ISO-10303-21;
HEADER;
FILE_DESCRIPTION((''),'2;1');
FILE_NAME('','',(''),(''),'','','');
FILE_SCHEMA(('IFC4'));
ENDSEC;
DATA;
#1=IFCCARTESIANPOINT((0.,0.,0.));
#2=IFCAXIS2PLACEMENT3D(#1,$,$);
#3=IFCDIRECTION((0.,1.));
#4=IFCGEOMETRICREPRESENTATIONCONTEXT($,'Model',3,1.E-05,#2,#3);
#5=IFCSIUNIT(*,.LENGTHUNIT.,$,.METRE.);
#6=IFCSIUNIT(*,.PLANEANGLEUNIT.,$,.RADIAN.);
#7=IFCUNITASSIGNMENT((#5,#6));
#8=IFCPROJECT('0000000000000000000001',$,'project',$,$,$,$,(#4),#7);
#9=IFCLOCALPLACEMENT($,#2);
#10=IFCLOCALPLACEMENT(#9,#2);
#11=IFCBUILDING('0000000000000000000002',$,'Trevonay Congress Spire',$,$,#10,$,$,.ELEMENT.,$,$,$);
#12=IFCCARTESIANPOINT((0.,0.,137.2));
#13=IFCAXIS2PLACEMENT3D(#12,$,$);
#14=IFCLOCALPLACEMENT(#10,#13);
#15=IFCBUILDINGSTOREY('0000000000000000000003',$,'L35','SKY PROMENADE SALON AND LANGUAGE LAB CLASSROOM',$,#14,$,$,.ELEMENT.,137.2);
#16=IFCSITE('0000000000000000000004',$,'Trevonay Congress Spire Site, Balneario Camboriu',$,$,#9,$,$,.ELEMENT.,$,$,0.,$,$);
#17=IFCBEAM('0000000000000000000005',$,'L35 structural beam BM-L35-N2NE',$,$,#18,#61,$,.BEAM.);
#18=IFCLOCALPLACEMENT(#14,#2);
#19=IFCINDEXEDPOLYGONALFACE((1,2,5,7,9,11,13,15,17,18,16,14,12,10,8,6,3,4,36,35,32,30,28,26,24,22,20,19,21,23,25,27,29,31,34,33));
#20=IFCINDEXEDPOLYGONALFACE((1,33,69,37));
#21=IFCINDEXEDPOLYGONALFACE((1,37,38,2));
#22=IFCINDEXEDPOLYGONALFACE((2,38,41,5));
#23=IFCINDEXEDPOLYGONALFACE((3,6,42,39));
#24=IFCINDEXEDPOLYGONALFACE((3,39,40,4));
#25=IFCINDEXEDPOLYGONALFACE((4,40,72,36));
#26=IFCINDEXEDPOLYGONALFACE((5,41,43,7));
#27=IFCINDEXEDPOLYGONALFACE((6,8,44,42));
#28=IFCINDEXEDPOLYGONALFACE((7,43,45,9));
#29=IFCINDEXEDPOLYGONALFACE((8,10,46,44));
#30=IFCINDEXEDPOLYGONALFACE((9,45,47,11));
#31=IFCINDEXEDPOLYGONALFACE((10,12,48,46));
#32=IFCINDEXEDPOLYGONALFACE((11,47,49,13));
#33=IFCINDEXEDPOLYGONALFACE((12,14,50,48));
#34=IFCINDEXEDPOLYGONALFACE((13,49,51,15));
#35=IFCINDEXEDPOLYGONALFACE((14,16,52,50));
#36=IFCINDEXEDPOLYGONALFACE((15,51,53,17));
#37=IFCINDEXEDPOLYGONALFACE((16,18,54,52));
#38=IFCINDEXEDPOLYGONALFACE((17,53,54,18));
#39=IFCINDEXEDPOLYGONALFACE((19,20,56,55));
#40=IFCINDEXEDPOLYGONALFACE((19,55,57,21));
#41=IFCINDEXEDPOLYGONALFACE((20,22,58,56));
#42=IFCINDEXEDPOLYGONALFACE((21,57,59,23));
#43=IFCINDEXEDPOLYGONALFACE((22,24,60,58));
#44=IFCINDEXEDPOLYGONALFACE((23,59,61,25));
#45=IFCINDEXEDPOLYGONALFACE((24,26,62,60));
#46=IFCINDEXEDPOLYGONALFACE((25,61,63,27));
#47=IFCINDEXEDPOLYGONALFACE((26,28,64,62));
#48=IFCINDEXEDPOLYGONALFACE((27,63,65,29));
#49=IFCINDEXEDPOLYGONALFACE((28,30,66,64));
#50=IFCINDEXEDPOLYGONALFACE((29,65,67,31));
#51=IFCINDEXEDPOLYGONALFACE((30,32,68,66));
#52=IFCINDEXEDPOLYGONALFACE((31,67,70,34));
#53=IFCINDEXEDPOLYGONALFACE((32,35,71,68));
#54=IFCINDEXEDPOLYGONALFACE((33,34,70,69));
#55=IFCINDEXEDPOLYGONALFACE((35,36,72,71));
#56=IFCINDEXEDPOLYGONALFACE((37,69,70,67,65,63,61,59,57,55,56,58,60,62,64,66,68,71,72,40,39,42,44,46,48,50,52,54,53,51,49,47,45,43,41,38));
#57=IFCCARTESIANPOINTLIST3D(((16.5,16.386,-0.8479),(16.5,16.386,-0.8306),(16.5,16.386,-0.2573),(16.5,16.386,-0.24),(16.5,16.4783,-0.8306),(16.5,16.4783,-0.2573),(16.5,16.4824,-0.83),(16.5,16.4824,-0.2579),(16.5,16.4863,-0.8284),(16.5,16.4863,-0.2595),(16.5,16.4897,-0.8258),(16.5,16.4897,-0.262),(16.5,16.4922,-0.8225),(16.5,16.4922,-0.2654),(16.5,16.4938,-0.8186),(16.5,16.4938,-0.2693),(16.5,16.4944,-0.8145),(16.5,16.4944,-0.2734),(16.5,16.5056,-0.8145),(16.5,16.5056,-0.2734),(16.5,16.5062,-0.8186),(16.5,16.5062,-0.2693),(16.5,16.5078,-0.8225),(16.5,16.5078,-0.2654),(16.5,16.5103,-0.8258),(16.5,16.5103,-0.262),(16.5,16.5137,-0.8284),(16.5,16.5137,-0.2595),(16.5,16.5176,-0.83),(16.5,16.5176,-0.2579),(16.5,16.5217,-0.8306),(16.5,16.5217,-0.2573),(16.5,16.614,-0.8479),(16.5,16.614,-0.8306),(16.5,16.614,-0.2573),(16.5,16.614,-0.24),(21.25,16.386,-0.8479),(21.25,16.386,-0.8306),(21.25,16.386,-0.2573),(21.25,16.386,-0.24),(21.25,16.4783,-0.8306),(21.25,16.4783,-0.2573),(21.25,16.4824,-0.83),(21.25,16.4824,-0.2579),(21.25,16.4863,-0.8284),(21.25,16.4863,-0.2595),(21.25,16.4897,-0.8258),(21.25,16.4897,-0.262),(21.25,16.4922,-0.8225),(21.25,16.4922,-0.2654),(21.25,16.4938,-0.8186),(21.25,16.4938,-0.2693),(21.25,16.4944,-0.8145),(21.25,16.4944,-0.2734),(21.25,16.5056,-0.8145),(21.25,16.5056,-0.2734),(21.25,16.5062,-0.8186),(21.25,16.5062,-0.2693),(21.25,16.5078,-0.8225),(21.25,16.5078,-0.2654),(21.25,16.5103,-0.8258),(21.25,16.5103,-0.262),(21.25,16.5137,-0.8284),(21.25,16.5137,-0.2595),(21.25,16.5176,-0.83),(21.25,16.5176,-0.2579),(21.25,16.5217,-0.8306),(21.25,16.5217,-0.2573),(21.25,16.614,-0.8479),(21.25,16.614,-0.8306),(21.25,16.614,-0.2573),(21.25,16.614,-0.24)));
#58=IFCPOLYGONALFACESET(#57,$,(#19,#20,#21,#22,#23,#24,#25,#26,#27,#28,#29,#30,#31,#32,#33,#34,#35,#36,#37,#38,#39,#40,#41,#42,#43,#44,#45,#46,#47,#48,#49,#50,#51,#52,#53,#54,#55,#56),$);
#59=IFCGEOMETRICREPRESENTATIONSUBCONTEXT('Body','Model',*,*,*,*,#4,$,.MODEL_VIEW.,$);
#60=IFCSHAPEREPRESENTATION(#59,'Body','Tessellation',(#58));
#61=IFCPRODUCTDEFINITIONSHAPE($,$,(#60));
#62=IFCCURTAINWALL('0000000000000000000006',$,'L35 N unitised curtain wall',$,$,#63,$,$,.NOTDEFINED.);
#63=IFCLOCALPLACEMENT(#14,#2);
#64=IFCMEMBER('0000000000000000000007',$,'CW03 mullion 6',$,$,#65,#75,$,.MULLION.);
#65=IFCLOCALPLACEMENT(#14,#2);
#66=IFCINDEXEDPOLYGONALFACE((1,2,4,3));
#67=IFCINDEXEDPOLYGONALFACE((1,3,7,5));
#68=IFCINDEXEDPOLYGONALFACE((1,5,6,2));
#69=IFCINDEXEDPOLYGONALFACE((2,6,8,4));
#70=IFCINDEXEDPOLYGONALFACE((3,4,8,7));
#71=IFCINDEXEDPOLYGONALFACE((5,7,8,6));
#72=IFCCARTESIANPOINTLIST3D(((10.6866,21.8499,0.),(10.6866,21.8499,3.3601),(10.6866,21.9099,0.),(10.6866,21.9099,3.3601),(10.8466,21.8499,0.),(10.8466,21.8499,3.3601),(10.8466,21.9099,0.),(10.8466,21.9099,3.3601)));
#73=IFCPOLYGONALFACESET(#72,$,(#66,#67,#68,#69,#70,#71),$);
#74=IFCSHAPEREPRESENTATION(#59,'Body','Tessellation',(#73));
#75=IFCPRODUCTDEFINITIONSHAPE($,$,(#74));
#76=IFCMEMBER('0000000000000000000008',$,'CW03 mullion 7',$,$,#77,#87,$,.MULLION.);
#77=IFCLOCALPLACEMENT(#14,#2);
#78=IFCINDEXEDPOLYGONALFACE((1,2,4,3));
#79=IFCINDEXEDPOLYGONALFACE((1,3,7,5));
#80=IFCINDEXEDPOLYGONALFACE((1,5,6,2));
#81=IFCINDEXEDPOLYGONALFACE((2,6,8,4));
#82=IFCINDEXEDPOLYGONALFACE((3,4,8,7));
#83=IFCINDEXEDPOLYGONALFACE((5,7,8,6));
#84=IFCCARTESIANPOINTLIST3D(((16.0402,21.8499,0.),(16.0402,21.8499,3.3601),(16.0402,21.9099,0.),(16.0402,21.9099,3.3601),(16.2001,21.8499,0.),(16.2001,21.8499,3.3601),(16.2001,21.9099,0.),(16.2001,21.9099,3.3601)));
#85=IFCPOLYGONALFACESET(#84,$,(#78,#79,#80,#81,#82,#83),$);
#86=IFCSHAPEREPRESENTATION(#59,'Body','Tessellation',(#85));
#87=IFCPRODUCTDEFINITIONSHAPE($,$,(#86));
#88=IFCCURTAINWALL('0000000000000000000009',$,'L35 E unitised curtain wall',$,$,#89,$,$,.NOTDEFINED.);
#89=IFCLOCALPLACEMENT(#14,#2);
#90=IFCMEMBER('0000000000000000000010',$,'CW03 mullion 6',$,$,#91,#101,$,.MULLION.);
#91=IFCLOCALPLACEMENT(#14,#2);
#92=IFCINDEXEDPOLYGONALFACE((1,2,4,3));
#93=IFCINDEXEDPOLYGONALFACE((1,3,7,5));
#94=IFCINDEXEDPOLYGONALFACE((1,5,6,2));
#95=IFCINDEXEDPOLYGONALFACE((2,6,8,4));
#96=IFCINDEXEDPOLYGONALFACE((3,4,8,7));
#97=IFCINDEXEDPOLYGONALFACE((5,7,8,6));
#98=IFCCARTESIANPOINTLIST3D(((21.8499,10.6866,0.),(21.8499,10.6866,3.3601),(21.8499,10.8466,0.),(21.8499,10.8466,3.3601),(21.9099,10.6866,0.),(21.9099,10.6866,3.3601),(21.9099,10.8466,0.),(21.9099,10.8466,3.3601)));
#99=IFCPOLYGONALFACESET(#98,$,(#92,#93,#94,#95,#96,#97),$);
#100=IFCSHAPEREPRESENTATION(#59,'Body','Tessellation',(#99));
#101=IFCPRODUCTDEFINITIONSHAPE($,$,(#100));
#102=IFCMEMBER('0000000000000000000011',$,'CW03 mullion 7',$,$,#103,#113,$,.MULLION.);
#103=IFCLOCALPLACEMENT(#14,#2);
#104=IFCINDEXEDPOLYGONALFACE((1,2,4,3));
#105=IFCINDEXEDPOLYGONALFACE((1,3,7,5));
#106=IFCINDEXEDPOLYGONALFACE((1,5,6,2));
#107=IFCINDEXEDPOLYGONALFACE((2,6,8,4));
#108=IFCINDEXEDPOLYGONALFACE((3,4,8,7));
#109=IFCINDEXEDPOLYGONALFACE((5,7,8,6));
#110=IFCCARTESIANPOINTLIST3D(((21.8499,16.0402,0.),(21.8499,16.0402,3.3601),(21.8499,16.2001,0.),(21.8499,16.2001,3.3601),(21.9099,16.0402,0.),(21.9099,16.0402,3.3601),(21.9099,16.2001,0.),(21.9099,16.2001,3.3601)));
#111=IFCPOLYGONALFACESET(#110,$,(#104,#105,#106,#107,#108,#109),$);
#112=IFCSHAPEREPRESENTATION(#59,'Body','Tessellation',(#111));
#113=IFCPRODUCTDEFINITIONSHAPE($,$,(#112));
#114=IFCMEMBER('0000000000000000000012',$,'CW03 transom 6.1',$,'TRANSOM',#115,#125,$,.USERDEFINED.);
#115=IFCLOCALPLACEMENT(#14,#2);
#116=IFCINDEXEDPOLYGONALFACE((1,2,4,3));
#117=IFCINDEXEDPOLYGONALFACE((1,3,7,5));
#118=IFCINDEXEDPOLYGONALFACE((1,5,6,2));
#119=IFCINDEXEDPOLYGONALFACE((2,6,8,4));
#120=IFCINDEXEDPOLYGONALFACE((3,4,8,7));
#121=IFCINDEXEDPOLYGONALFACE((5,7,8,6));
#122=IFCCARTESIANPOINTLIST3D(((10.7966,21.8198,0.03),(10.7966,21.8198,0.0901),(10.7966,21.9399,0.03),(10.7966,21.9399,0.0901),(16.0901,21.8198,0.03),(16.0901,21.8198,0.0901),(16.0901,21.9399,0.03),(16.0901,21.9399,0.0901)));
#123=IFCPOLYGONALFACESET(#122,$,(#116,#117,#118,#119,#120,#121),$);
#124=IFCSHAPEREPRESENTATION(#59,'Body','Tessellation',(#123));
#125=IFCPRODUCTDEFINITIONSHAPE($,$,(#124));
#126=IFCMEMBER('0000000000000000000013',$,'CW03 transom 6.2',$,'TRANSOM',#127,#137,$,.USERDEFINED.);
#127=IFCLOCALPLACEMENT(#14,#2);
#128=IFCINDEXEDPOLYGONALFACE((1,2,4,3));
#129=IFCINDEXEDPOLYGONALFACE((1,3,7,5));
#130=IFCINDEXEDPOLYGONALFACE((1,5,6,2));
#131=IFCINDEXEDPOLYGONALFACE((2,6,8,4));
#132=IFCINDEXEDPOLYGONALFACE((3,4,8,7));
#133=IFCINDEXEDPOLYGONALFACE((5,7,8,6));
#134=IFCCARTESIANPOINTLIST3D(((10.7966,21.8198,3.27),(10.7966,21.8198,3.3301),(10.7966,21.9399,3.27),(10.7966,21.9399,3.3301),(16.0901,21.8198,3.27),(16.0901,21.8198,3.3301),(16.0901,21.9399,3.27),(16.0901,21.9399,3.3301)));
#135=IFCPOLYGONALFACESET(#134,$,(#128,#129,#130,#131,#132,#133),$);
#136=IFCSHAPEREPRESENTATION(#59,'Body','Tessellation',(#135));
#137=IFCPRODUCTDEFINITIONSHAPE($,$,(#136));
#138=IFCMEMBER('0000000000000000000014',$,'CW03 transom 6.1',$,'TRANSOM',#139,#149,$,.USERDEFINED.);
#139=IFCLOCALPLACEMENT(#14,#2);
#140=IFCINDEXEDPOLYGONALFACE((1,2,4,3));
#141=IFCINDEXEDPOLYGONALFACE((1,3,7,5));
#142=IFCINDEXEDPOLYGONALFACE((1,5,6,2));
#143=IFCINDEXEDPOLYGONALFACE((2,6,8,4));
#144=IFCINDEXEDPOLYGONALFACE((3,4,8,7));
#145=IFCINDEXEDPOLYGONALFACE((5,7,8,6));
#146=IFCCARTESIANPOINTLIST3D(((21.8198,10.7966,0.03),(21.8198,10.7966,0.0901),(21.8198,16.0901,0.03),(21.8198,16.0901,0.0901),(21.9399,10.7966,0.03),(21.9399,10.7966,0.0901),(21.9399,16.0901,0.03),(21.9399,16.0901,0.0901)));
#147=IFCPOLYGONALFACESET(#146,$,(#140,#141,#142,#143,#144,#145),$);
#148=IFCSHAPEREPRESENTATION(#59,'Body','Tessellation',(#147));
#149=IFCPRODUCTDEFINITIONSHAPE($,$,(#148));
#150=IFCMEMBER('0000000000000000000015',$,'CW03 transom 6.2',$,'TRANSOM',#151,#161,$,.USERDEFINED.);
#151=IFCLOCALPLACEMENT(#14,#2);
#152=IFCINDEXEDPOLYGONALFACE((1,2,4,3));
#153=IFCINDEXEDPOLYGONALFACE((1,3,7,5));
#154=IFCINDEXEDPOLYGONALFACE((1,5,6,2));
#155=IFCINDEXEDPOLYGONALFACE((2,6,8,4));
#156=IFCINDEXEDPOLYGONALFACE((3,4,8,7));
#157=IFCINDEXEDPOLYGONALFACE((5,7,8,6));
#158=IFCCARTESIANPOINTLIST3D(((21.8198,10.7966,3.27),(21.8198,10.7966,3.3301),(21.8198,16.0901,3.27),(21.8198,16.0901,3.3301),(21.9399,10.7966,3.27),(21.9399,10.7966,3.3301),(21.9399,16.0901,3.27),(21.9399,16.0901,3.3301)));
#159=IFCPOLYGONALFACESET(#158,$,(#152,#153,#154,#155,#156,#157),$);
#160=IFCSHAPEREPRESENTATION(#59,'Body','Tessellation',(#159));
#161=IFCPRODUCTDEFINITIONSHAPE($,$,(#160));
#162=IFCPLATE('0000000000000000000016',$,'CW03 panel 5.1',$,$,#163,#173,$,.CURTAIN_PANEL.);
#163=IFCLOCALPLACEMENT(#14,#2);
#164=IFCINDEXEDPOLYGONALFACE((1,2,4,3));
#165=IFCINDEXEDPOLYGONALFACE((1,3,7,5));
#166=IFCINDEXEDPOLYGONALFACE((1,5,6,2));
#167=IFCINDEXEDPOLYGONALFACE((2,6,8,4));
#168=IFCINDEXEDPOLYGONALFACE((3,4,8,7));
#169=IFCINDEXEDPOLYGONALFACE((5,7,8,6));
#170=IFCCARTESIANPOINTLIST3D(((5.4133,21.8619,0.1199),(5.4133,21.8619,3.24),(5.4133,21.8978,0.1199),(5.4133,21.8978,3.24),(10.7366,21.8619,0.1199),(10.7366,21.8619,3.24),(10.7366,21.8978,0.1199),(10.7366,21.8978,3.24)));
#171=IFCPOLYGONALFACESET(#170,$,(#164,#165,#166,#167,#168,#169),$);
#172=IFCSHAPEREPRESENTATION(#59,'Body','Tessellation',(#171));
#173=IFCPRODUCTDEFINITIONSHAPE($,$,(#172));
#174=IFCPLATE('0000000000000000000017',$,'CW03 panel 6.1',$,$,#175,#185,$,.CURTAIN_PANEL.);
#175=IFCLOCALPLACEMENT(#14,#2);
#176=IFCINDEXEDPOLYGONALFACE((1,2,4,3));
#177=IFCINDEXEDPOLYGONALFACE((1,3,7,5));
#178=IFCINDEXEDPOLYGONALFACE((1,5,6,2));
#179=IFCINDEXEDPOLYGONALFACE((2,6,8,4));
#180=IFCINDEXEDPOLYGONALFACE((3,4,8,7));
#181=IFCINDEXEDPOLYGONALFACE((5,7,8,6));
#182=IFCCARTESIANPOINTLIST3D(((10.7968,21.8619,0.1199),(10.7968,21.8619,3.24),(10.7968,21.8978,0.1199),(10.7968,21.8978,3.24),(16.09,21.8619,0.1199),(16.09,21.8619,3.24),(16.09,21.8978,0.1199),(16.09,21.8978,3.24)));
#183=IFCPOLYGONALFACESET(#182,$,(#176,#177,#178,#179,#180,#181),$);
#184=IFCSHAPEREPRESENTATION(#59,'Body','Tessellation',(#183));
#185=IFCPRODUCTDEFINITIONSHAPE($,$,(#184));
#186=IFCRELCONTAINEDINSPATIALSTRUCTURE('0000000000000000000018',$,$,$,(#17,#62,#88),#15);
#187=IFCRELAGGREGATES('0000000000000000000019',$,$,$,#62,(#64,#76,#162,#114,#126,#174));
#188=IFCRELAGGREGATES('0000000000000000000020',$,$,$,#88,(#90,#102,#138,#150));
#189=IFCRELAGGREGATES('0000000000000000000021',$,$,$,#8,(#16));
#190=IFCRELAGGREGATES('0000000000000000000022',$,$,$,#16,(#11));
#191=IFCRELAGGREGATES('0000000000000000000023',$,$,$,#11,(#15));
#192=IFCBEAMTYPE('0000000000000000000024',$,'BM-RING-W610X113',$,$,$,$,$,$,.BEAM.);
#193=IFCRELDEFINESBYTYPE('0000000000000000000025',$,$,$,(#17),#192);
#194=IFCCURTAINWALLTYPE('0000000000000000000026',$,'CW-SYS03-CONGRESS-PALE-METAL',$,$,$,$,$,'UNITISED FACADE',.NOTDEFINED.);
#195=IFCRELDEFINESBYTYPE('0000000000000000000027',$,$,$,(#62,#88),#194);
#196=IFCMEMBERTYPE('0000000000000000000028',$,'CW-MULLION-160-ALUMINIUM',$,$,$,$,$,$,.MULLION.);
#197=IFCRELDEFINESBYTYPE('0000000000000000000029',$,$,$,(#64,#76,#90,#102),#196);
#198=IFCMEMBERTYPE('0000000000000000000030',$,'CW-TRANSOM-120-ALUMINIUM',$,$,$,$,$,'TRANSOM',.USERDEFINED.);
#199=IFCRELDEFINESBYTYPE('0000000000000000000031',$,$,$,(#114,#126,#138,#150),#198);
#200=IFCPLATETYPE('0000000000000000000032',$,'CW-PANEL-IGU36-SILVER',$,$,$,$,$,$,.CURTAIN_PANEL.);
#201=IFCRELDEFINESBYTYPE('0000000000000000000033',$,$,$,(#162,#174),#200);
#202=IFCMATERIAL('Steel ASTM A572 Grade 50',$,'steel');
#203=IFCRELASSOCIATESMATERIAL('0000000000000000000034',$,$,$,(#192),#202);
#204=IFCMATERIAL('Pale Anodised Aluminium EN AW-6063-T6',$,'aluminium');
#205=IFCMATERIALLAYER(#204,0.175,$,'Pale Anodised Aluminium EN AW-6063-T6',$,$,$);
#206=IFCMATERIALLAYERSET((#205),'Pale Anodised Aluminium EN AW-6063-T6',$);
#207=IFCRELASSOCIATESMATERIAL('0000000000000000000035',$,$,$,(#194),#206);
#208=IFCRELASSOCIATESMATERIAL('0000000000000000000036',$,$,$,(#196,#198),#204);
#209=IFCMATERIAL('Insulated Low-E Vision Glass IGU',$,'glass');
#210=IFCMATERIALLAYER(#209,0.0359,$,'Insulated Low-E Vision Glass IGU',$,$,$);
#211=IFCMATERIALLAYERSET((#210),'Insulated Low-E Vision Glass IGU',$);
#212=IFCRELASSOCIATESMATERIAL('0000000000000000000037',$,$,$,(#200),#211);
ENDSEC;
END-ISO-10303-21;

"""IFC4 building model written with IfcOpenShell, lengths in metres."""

from ifc_helpers import new_model, si_unit, direction, frame, origin, origin_2d, place, context, subcontext, project, spatial, rectangle, i_section, extrude, material, layer, layer_set, material_profile, profile_set, type_object, element, aggregate, save


model = new_model("IFC4")

# Units and contexts
model_context = context("Model", 3, precision=1e-05, world=origin(), true_north=direction((0.0, 1.0)))
body_context = subcontext(model_context, "Body", "Model", "MODEL_VIEW")
ifc_project = project(units=[si_unit("LENGTHUNIT", "METRE"), si_unit("PLANEANGLEUNIT", "RADIAN")], contexts=[model_context])

# Site, building, storey
site_placement = place(None, origin())
site = spatial("IfcSite", under=ifc_project, at=site_placement, Name="Trevonay Congress Spire Site, Balneario Camboriu", CompositionType="ELEMENT", RefElevation=0.0)
building_placement = place(site_placement, origin())
building = spatial("IfcBuilding", under=site, at=building_placement, Name="Trevonay Congress Spire", CompositionType="ELEMENT")
storey_placement = place(building_placement, frame((0.0, 0.0, 137.2)))
storey = spatial("IfcBuildingStorey", under=building, at=storey_placement, Name="L35", Description="SKY PROMENADE SALON AND LANGUAGE LAB CLASSROOM", CompositionType="ELEMENT", Elevation=137.2)

# Shared definitions
ifc_material_1 = material(Name="Steel ASTM A572 Grade 50", Category="steel")

# Beam
ifc_material_profile_1 = material_profile(ifc_material_1, i_section(OverallWidth=0.228, OverallDepth=0.6079, WebThickness=0.0112, FlangeThickness=0.0173, FilletRadius=0.0161, at=origin_2d()), Name="W610x113")
ifc_profile_set_1 = profile_set([ifc_material_profile_1], Name="Steel ASTM A572 Grade 50")
beam_type = type_object("IfcBeamType", Name="BM-RING-W610X113", PredefinedType="BEAM", material=ifc_profile_set_1)
for number, where, z_axis, x_axis, name in (
    (1, (21.25, 16.5, -0.5439), (-1.0, 0.0, 0.0), (0.0, -1.0, 0.0), "L35 structural beam BM-L35-N2NE"),
):
    element("IfcBeam", number, at=place(storey_placement, frame(where, z_axis=z_axis, x_axis=x_axis)), inside=storey, type_object=beam_type, Name=name, PredefinedType="BEAM", context=body_context, shape_type="SweptSolid", body=[
        extrude(i_section(OverallWidth=0.228, OverallDepth=0.6079, WebThickness=0.0112, FlangeThickness=0.0173, FilletRadius=0.0161, at=origin_2d()), origin(), (0.0, 0.0, 1.0), 4.75),
    ])

# Curtain walls, members
ifc_material_2 = material(Name="Pale Anodised Aluminium EN AW-6063-T6", Category="aluminium")
ifc_layer_1 = layer(ifc_material_2, 0.175, Name="Pale Anodised Aluminium EN AW-6063-T6")
ifc_layer_set_1 = layer_set([ifc_layer_1], Name="Pale Anodised Aluminium EN AW-6063-T6")
curtain_wall_type = type_object("IfcCurtainWallType", Name="CW-SYS03-CONGRESS-PALE-METAL", ElementType="UNITISED FACADE", PredefinedType="NOTDEFINED", material=ifc_layer_set_1)
curtain_wall_1_placement = place(storey_placement, origin())
curtain_wall_1 = element("IfcCurtainWall", 2, at=curtain_wall_1_placement, inside=storey, type_object=curtain_wall_type, Name="L35 N unitised curtain wall", PredefinedType="NOTDEFINED")
ifc_material_profile_2 = material_profile(ifc_material_2, rectangle(XDim=0.0601, YDim=0.1599, at=origin_2d()), Name="CW-MULLION-160-ALUMINIUM")
ifc_profile_set_2 = profile_set([ifc_material_profile_2], Name="Pale Anodised Aluminium EN AW-6063-T6")
member_type_1 = type_object("IfcMemberType", Name="CW-MULLION-160-ALUMINIUM", PredefinedType="MULLION", material=ifc_profile_set_2)
member_1_placement = place(storey_placement, frame((10.7666, 21.8799, 0.0), z_axis=(0.0, 0.0, 1.0), x_axis=(0.0, 1.0, 0.0)))
member_1 = element("IfcMember", 3, at=member_1_placement, type_object=member_type_1, Name="CW03 mullion 6", PredefinedType="MULLION", context=body_context, shape_type="SweptSolid", body=[
    extrude(rectangle(XDim=0.0601, YDim=0.1599, at=origin_2d()), origin(), (0.0, 0.0, 1.0), 3.3601),
])
member_2_placement = place(storey_placement, frame((16.1201, 21.8799, 0.0), z_axis=(0.0, 0.0, 1.0), x_axis=(0.0, 1.0, 0.0)))
member_2 = element("IfcMember", 4, at=member_2_placement, type_object=member_type_1, Name="CW03 mullion 7", PredefinedType="MULLION", context=body_context, shape_type="SweptSolid", body=[
    extrude(rectangle(XDim=0.0601, YDim=0.1599, at=origin_2d()), origin(), (0.0, 0.0, 1.0), 3.3601),
])
curtain_wall_2_placement = place(storey_placement, origin())
curtain_wall_2 = element("IfcCurtainWall", 5, at=curtain_wall_2_placement, inside=storey, type_object=curtain_wall_type, Name="L35 E unitised curtain wall", PredefinedType="NOTDEFINED")
member_3_placement = place(storey_placement, frame((21.8799, 10.7666, 0.0), z_axis=(0.0, 0.0, 1.0), x_axis=(-1.0, 0.0, 0.0)))
member_3 = element("IfcMember", 6, at=member_3_placement, type_object=member_type_1, Name="CW03 mullion 6", PredefinedType="MULLION", context=body_context, shape_type="SweptSolid", body=[
    extrude(rectangle(XDim=0.0601, YDim=0.1599, at=origin_2d()), origin(), (0.0, 0.0, 1.0), 3.3601),
])
member_4_placement = place(storey_placement, frame((21.8799, 16.1201, 0.0), z_axis=(0.0, 0.0, 1.0), x_axis=(-1.0, 0.0, 0.0)))
member_4 = element("IfcMember", 7, at=member_4_placement, type_object=member_type_1, Name="CW03 mullion 7", PredefinedType="MULLION", context=body_context, shape_type="SweptSolid", body=[
    extrude(rectangle(XDim=0.0601, YDim=0.1599, at=origin_2d()), origin(), (0.0, 0.0, 1.0), 3.3601),
])

# Members
ifc_material_profile_3 = material_profile(ifc_material_2, rectangle(XDim=0.1201, YDim=0.0601, at=origin_2d()), Name="CW-TRANSOM-120-ALUMINIUM")
ifc_profile_set_3 = profile_set([ifc_material_profile_3], Name="Pale Anodised Aluminium EN AW-6063-T6")
member_type_2 = type_object("IfcMemberType", Name="CW-TRANSOM-120-ALUMINIUM", ElementType="TRANSOM", PredefinedType="USERDEFINED", material=ifc_profile_set_3)
member_5_placement = place(storey_placement, frame((10.7966, 21.8799, 0.0601), z_axis=(1.0, 0.0, 0.0), x_axis=(0.0, 1.0, 0.0)))
member_5 = element("IfcMember", 8, at=member_5_placement, type_object=member_type_2, Name="CW03 transom 6.1", ObjectType="TRANSOM", PredefinedType="USERDEFINED", context=body_context, shape_type="SweptSolid", body=[
    extrude(rectangle(XDim=0.1201, YDim=0.0601, at=origin_2d()), origin(), (0.0, 0.0, 1.0), 5.2935),
])
member_6_placement = place(storey_placement, frame((10.7966, 21.8799, 3.3), z_axis=(1.0, 0.0, 0.0), x_axis=(0.0, 1.0, 0.0)))
member_6 = element("IfcMember", 9, at=member_6_placement, type_object=member_type_2, Name="CW03 transom 6.2", ObjectType="TRANSOM", PredefinedType="USERDEFINED", context=body_context, shape_type="SweptSolid", body=[
    extrude(rectangle(XDim=0.1201, YDim=0.0601, at=origin_2d()), origin(), (0.0, 0.0, 1.0), 5.2935),
])
member_7_placement = place(storey_placement, frame((21.8799, 10.7966, 0.0601), z_axis=(0.0, 1.0, 0.0), x_axis=(-1.0, 0.0, 0.0)))
member_7 = element("IfcMember", 10, at=member_7_placement, type_object=member_type_2, Name="CW03 transom 6.1", ObjectType="TRANSOM", PredefinedType="USERDEFINED", context=body_context, shape_type="SweptSolid", body=[
    extrude(rectangle(XDim=0.1201, YDim=0.0601, at=origin_2d()), origin(), (0.0, 0.0, 1.0), 5.2935),
])
member_8_placement = place(storey_placement, frame((21.8799, 10.7966, 3.3), z_axis=(0.0, 1.0, 0.0), x_axis=(-1.0, 0.0, 0.0)))
member_8 = element("IfcMember", 11, at=member_8_placement, type_object=member_type_2, Name="CW03 transom 6.2", ObjectType="TRANSOM", PredefinedType="USERDEFINED", context=body_context, shape_type="SweptSolid", body=[
    extrude(rectangle(XDim=0.1201, YDim=0.0601, at=origin_2d()), origin(), (0.0, 0.0, 1.0), 5.2935),
])

# Plates
ifc_material_3 = material(Name="Insulated Low-E Vision Glass IGU", Category="glass")
ifc_layer_2 = layer(ifc_material_3, 0.0359, Name="Insulated Low-E Vision Glass IGU")
ifc_layer_set_2 = layer_set([ifc_layer_2], Name="Insulated Low-E Vision Glass IGU")
plate_type = type_object("IfcPlateType", Name="CW-PANEL-IGU36-SILVER", PredefinedType="CURTAIN_PANEL", material=ifc_layer_set_2)
plate_1_placement = place(storey_placement, frame((8.075, 21.8799, 0.1199), z_axis=(0.0, 0.0, 1.0), x_axis=(1.0, 0.0, 0.0)))
plate_1 = element("IfcPlate", 12, at=plate_1_placement, type_object=plate_type, Name="CW03 panel 5.1", PredefinedType="CURTAIN_PANEL", context=body_context, shape_type="SweptSolid", body=[
    extrude(rectangle(XDim=5.3232, YDim=0.0359, at=origin_2d()), origin(), (0.0, 0.0, 1.0), 3.1201),
])
plate_2_placement = place(storey_placement, frame((13.4434, 21.8799, 0.1199), z_axis=(0.0, 0.0, 1.0), x_axis=(1.0, 0.0, 0.0)))
plate_2 = element("IfcPlate", 13, at=plate_2_placement, type_object=plate_type, Name="CW03 panel 6.1", PredefinedType="CURTAIN_PANEL", context=body_context, shape_type="SweptSolid", body=[
    extrude(rectangle(XDim=5.2932, YDim=0.0359, at=origin_2d()), origin(), (0.0, 0.0, 1.0), 3.1201),
])
aggregate(curtain_wall_1, [member_1, member_2, plate_1, member_5, member_6, plate_2])
aggregate(curtain_wall_2, [member_3, member_4, member_7, member_8])

save(model, "model.ifc")
